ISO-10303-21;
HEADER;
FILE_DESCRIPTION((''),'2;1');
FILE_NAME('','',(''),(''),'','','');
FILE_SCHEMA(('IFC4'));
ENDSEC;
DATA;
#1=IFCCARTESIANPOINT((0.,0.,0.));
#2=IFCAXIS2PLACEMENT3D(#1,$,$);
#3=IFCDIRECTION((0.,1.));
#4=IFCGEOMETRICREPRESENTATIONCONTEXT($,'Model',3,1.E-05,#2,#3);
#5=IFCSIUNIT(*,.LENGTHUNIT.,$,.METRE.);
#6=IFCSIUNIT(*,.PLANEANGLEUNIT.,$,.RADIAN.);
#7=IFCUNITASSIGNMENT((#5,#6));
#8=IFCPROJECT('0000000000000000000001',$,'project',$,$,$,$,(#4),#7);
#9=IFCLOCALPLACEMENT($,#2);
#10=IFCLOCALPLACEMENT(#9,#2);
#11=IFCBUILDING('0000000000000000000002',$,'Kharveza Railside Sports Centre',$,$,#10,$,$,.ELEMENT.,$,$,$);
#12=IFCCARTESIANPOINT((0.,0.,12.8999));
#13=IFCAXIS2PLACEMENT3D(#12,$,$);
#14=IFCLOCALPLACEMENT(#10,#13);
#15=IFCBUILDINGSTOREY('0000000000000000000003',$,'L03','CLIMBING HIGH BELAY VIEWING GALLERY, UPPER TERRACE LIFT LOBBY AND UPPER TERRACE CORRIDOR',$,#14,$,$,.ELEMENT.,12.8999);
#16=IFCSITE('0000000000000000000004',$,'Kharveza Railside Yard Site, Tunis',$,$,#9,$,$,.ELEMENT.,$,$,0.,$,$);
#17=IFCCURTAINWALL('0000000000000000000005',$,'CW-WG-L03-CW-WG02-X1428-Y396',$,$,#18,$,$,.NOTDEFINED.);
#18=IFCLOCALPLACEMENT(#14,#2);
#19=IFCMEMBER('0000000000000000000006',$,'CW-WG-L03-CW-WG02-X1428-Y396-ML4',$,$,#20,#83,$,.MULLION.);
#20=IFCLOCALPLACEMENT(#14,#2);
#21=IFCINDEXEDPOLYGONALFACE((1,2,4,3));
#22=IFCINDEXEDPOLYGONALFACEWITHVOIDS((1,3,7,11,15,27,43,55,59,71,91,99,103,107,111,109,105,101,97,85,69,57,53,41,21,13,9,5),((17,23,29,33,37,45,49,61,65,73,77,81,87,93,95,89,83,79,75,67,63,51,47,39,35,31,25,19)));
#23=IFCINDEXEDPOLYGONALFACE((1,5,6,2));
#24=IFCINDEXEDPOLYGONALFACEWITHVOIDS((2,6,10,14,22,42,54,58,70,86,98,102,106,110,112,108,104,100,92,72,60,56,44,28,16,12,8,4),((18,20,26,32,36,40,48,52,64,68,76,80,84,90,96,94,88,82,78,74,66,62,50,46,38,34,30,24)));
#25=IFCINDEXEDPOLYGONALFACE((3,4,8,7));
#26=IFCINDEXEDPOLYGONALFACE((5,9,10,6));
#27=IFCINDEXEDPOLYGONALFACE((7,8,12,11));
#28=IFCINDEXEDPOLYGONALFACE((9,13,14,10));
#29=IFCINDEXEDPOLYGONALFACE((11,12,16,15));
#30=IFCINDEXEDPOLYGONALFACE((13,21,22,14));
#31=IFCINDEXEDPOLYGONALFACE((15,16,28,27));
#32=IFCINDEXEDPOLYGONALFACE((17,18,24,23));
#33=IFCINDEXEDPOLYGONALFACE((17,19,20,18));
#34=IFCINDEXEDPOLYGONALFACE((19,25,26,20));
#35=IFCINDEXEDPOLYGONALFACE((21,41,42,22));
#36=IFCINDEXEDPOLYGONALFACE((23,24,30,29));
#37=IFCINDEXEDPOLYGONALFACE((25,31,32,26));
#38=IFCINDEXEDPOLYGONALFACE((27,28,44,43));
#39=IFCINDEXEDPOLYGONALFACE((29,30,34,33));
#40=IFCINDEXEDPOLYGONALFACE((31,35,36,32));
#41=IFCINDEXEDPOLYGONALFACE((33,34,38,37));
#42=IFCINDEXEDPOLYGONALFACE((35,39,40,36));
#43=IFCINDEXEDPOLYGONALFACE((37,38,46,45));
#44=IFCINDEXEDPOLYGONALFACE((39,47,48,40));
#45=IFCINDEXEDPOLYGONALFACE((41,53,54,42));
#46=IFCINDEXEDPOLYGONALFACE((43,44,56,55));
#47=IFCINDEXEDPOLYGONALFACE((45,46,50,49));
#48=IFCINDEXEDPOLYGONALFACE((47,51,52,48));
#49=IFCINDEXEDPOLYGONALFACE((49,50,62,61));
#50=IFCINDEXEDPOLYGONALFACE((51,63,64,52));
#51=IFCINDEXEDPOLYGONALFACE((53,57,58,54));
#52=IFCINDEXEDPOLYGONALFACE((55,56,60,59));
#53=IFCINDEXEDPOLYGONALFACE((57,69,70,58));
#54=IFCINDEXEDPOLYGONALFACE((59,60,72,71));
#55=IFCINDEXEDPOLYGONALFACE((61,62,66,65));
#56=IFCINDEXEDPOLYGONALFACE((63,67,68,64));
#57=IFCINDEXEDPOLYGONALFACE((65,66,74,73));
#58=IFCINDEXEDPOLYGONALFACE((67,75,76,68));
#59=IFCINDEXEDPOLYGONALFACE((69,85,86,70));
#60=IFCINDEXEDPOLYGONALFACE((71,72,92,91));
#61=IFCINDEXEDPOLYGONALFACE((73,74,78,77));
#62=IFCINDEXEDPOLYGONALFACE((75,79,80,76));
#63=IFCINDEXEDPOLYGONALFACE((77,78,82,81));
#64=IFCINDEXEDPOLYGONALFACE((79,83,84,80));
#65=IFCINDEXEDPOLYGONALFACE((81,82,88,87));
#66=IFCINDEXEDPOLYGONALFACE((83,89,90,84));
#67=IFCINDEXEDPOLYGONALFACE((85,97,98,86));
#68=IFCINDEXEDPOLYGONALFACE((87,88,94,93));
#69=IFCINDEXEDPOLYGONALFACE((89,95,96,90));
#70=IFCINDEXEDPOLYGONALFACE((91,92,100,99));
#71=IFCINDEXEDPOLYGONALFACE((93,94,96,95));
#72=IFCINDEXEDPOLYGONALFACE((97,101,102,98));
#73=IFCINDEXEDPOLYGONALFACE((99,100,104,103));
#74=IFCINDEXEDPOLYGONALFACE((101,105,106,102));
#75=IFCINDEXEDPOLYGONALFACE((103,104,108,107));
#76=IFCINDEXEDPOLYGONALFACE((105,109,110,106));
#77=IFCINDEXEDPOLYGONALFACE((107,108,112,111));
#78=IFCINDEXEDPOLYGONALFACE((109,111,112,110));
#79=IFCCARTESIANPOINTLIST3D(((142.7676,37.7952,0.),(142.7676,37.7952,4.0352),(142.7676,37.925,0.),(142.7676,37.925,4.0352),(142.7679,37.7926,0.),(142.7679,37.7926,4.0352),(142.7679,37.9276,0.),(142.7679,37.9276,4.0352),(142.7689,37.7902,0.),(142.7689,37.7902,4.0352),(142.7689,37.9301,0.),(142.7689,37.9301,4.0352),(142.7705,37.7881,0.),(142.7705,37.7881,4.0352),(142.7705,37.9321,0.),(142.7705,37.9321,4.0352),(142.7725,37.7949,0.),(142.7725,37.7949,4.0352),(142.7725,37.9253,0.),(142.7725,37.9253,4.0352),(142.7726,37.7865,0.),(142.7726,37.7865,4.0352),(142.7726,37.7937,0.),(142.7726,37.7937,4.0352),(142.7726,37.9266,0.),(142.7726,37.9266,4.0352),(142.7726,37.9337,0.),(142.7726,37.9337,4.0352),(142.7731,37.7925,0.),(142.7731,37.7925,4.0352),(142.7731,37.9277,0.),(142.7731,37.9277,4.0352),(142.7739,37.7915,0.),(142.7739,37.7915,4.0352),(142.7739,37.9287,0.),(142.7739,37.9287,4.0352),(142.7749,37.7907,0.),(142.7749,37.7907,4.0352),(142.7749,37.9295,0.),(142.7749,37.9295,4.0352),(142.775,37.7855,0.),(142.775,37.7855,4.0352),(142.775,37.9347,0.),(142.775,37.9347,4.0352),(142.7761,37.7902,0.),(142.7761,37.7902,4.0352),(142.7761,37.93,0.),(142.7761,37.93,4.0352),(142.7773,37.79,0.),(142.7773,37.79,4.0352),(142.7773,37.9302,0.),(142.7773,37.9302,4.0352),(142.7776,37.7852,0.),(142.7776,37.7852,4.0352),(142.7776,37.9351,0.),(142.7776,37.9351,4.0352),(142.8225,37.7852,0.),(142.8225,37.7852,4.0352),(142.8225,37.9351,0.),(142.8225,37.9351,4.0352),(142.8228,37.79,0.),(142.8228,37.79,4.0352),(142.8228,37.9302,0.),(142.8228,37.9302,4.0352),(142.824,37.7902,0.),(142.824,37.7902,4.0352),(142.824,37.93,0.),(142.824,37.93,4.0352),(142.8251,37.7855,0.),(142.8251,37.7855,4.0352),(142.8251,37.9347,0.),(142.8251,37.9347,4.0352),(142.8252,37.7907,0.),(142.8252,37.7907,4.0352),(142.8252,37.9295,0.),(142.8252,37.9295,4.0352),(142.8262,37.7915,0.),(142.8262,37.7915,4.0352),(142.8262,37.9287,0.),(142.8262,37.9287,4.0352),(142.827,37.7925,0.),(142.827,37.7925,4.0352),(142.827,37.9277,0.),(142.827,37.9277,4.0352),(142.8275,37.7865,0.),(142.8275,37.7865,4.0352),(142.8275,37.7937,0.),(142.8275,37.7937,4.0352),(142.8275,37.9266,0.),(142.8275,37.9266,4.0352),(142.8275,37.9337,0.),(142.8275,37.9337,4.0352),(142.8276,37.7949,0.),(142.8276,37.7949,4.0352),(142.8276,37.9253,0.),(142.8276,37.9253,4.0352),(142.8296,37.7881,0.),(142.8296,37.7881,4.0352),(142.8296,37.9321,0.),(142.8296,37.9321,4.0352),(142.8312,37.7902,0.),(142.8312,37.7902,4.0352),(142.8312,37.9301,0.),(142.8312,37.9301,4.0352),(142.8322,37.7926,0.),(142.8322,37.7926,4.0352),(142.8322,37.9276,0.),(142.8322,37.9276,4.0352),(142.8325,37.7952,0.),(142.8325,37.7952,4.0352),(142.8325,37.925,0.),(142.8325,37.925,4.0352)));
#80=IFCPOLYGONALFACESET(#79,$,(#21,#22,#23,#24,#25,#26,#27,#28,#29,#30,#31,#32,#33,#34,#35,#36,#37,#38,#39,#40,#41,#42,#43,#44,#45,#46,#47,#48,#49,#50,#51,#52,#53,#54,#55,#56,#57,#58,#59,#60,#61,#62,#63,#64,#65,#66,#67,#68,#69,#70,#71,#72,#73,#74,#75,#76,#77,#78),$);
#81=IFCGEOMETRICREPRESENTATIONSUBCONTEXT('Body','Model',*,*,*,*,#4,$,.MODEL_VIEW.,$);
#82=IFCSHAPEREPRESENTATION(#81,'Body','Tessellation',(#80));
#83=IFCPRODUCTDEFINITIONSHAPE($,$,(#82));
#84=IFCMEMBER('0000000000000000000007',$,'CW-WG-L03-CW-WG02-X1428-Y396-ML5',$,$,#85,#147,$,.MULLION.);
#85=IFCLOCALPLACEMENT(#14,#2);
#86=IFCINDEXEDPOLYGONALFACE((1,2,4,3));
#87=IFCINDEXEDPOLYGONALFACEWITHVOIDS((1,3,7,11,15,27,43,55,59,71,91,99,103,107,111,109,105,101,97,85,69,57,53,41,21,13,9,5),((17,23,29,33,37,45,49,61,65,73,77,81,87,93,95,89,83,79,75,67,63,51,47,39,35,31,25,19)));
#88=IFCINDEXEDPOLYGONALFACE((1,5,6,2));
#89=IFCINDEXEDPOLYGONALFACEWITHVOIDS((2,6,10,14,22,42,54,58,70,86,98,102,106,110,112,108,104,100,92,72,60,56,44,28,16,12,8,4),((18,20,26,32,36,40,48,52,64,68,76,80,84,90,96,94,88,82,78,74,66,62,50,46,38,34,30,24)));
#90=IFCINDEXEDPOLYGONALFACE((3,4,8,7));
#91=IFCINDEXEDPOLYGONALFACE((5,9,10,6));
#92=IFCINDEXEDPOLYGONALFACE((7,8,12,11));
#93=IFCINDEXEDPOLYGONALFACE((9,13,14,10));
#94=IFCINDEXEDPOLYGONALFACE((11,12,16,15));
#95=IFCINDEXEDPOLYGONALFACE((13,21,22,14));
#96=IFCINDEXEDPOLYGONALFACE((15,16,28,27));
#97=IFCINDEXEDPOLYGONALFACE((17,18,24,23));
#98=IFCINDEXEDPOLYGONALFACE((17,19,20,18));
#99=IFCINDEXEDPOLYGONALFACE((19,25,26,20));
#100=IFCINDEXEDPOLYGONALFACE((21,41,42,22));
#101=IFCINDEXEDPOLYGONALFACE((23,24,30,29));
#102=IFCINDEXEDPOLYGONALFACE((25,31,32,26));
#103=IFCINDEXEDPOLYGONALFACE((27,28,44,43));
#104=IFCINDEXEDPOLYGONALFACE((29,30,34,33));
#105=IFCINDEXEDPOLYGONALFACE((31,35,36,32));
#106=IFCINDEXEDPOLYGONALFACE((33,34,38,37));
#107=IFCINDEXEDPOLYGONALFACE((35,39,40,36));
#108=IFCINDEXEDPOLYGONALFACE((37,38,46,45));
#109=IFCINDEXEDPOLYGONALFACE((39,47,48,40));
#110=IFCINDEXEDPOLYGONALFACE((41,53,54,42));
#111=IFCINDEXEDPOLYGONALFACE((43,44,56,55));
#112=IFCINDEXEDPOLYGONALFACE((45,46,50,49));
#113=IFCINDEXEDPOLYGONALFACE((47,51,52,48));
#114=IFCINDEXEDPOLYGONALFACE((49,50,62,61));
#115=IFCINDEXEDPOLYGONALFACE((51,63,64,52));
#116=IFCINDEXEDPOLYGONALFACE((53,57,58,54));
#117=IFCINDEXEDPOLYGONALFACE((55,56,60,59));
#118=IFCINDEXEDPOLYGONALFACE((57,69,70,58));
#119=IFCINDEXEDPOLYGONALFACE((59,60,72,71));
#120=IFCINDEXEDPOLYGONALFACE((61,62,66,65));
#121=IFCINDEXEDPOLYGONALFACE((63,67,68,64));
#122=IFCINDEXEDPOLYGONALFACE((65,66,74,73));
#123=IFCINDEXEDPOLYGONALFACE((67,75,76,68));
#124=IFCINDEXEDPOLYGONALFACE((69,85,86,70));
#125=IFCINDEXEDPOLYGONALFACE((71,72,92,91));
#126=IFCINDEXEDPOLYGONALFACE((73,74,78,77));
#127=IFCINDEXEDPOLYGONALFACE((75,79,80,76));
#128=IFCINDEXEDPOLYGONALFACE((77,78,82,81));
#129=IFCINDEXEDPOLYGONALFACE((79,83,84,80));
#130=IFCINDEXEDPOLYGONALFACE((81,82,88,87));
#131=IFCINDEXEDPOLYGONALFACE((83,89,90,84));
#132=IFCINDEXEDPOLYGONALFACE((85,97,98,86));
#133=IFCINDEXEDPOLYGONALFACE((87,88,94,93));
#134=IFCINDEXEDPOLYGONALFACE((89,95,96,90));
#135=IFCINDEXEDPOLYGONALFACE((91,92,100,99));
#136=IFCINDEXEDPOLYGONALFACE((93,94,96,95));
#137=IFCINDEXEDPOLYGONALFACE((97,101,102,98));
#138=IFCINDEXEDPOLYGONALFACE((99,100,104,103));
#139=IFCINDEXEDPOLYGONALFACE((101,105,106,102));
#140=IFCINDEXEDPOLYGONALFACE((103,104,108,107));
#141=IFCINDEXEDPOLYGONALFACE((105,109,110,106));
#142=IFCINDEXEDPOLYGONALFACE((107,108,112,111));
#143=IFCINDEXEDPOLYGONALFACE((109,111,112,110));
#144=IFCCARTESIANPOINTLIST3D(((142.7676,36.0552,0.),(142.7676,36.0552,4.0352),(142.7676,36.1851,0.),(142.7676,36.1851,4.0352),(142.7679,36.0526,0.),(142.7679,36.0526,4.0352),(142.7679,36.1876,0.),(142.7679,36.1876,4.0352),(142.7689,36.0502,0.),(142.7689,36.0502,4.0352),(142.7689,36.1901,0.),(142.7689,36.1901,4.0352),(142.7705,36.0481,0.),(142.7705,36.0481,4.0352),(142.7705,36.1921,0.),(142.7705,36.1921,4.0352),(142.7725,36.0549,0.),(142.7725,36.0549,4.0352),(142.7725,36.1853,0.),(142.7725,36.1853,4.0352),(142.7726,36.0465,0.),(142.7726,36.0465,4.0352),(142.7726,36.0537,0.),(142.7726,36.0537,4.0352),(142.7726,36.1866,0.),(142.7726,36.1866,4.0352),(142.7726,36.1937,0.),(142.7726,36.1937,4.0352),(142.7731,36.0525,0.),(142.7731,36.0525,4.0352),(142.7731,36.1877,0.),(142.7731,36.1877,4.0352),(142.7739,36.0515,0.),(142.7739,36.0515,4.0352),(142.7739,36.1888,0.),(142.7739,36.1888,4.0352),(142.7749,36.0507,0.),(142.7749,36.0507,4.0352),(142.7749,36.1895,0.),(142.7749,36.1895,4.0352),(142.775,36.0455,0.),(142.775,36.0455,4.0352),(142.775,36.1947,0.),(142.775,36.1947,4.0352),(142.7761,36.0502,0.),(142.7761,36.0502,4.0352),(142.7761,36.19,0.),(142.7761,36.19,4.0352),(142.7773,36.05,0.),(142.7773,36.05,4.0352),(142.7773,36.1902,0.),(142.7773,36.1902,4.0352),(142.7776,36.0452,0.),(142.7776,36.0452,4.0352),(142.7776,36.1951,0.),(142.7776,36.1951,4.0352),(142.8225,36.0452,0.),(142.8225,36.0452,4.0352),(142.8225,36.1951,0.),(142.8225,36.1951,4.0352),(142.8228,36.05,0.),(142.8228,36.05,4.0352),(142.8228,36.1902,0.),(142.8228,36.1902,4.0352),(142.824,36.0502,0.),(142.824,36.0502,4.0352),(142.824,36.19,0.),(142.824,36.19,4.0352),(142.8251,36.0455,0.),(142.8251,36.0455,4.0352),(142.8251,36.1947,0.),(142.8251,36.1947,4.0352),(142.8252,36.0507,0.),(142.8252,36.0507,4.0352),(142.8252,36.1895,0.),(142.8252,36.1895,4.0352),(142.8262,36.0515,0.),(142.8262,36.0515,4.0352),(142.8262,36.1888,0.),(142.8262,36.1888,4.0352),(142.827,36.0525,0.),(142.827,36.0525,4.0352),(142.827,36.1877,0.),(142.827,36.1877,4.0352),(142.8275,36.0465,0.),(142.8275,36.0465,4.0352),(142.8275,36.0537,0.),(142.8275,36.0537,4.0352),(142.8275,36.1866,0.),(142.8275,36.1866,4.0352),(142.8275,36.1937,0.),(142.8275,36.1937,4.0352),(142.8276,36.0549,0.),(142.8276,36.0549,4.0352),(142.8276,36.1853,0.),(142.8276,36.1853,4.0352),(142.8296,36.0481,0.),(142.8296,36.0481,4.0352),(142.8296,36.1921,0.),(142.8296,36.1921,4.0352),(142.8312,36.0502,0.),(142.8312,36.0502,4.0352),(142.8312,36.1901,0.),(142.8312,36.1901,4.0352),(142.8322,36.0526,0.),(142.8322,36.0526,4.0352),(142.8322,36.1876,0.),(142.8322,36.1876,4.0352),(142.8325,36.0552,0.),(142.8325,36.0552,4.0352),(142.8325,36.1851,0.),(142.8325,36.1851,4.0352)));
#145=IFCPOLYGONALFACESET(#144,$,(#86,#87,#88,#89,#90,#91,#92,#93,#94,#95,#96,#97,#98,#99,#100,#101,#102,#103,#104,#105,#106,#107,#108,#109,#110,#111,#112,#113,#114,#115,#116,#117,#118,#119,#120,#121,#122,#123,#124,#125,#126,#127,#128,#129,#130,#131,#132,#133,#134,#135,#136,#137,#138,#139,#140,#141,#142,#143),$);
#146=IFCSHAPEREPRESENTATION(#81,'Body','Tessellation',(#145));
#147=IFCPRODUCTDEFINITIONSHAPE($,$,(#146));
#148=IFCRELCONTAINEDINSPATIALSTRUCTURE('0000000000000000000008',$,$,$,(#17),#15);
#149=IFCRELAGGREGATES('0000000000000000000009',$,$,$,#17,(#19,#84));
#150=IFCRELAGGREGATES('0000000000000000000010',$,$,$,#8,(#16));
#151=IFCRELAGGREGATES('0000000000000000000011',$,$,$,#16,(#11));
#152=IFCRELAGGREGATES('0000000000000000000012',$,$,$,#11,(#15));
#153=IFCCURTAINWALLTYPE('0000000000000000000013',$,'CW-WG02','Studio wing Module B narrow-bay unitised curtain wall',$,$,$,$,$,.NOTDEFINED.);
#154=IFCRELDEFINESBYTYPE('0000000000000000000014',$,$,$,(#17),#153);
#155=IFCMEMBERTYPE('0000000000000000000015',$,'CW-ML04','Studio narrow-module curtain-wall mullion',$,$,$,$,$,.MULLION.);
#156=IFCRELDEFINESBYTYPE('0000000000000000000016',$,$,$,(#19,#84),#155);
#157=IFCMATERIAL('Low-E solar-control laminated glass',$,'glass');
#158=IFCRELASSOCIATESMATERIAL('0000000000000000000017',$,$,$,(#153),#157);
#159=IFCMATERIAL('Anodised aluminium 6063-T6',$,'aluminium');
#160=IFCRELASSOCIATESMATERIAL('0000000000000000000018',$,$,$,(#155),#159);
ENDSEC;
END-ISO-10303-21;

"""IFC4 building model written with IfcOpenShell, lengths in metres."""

from ifc_helpers import new_model, si_unit, direction, frame, origin, origin_2d, place, context, subcontext, project, spatial, hollow_rectangle, extrude, material, material_profile, profile_set, type_object, element, aggregate, save


model = new_model("IFC4")

# Units and contexts
model_context = context("Model", 3, precision=1e-05, world=origin(), true_north=direction((0.0, 1.0)))
body_context = subcontext(model_context, "Body", "Model", "MODEL_VIEW")
ifc_project = project(units=[si_unit("LENGTHUNIT", "METRE"), si_unit("PLANEANGLEUNIT", "RADIAN")], contexts=[model_context])

# Site, building, storey
site_placement = place(None, origin())
site = spatial("IfcSite", under=ifc_project, at=site_placement, Name="Kharveza Railside Yard Site, Tunis", CompositionType="ELEMENT", RefElevation=0.0)
building_placement = place(site_placement, origin())
building = spatial("IfcBuilding", under=site, at=building_placement, Name="Kharveza Railside Sports Centre", CompositionType="ELEMENT")
storey_placement = place(building_placement, frame((0.0, 0.0, 12.8999)))
storey = spatial("IfcBuildingStorey", under=building, at=storey_placement, Name="L03", Description="CLIMBING HIGH BELAY VIEWING GALLERY, UPPER TERRACE LIFT LOBBY AND UPPER TERRACE CORRIDOR", CompositionType="ELEMENT", Elevation=12.8999)

# Curtain wall, members
ifc_material_1 = material(Name="Low-E solar-control laminated glass", Category="glass")
ifc_material_2 = material(Name="Anodised aluminium 6063-T6", Category="aluminium")
curtain_wall_type_1 = type_object("IfcCurtainWallType", Name="CW-WG02", Description="Studio wing Module B narrow-bay unitised curtain wall", PredefinedType="NOTDEFINED", material=ifc_material_1)
curtain_wall_1_placement = place(storey_placement, origin())
curtain_wall_1 = element("IfcCurtainWall", 1, at=curtain_wall_1_placement, inside=storey, type_object=curtain_wall_type_1, Name="CW-WG-L03-CW-WG02-X1428-Y396", PredefinedType="NOTDEFINED")
ifc_material_profile_1 = material_profile(ifc_material_2, hollow_rectangle(XDim=0.0649, YDim=0.1499, WallThickness=0.0049, InnerFilletRadius=0.0049, OuterFilletRadius=0.01, at=origin_2d()), Name="RHS 65x150x5.0")
ifc_profile_set_1 = profile_set([ifc_material_profile_1], Name="Anodised aluminium 6063-T6")
member_type_1 = type_object("IfcMemberType", Name="CW-ML04", Description="Studio narrow-module curtain-wall mullion", PredefinedType="MULLION", material=ifc_profile_set_1)
member_1_placement = place(storey_placement, frame((142.8, 37.8601, 0.0), z_axis=(0.0, 0.0, 1.0), x_axis=(1.0, 0.0, 0.0)))
member_1 = element("IfcMember", 2, at=member_1_placement, type_object=member_type_1, Name="CW-WG-L03-CW-WG02-X1428-Y396-ML4", PredefinedType="MULLION", context=body_context, shape_type="SweptSolid", body=[
    extrude(hollow_rectangle(XDim=0.0649, YDim=0.1499, WallThickness=0.0049, InnerFilletRadius=0.0049, OuterFilletRadius=0.01, at=origin_2d()), origin(), (0.0, 0.0, 1.0), 4.0352),
])
member_2_placement = place(storey_placement, frame((142.8, 36.1201, 0.0), z_axis=(0.0, 0.0, 1.0), x_axis=(1.0, 0.0, 0.0)))
member_2 = element("IfcMember", 3, at=member_2_placement, type_object=member_type_1, Name="CW-WG-L03-CW-WG02-X1428-Y396-ML5", PredefinedType="MULLION", context=body_context, shape_type="SweptSolid", body=[
    extrude(hollow_rectangle(XDim=0.0649, YDim=0.1499, WallThickness=0.0049, InnerFilletRadius=0.0049, OuterFilletRadius=0.01, at=origin_2d()), origin(), (0.0, 0.0, 1.0), 4.0352),
])

aggregate(curtain_wall_1, [member_1, member_2])

save(model, "model.ifc")
